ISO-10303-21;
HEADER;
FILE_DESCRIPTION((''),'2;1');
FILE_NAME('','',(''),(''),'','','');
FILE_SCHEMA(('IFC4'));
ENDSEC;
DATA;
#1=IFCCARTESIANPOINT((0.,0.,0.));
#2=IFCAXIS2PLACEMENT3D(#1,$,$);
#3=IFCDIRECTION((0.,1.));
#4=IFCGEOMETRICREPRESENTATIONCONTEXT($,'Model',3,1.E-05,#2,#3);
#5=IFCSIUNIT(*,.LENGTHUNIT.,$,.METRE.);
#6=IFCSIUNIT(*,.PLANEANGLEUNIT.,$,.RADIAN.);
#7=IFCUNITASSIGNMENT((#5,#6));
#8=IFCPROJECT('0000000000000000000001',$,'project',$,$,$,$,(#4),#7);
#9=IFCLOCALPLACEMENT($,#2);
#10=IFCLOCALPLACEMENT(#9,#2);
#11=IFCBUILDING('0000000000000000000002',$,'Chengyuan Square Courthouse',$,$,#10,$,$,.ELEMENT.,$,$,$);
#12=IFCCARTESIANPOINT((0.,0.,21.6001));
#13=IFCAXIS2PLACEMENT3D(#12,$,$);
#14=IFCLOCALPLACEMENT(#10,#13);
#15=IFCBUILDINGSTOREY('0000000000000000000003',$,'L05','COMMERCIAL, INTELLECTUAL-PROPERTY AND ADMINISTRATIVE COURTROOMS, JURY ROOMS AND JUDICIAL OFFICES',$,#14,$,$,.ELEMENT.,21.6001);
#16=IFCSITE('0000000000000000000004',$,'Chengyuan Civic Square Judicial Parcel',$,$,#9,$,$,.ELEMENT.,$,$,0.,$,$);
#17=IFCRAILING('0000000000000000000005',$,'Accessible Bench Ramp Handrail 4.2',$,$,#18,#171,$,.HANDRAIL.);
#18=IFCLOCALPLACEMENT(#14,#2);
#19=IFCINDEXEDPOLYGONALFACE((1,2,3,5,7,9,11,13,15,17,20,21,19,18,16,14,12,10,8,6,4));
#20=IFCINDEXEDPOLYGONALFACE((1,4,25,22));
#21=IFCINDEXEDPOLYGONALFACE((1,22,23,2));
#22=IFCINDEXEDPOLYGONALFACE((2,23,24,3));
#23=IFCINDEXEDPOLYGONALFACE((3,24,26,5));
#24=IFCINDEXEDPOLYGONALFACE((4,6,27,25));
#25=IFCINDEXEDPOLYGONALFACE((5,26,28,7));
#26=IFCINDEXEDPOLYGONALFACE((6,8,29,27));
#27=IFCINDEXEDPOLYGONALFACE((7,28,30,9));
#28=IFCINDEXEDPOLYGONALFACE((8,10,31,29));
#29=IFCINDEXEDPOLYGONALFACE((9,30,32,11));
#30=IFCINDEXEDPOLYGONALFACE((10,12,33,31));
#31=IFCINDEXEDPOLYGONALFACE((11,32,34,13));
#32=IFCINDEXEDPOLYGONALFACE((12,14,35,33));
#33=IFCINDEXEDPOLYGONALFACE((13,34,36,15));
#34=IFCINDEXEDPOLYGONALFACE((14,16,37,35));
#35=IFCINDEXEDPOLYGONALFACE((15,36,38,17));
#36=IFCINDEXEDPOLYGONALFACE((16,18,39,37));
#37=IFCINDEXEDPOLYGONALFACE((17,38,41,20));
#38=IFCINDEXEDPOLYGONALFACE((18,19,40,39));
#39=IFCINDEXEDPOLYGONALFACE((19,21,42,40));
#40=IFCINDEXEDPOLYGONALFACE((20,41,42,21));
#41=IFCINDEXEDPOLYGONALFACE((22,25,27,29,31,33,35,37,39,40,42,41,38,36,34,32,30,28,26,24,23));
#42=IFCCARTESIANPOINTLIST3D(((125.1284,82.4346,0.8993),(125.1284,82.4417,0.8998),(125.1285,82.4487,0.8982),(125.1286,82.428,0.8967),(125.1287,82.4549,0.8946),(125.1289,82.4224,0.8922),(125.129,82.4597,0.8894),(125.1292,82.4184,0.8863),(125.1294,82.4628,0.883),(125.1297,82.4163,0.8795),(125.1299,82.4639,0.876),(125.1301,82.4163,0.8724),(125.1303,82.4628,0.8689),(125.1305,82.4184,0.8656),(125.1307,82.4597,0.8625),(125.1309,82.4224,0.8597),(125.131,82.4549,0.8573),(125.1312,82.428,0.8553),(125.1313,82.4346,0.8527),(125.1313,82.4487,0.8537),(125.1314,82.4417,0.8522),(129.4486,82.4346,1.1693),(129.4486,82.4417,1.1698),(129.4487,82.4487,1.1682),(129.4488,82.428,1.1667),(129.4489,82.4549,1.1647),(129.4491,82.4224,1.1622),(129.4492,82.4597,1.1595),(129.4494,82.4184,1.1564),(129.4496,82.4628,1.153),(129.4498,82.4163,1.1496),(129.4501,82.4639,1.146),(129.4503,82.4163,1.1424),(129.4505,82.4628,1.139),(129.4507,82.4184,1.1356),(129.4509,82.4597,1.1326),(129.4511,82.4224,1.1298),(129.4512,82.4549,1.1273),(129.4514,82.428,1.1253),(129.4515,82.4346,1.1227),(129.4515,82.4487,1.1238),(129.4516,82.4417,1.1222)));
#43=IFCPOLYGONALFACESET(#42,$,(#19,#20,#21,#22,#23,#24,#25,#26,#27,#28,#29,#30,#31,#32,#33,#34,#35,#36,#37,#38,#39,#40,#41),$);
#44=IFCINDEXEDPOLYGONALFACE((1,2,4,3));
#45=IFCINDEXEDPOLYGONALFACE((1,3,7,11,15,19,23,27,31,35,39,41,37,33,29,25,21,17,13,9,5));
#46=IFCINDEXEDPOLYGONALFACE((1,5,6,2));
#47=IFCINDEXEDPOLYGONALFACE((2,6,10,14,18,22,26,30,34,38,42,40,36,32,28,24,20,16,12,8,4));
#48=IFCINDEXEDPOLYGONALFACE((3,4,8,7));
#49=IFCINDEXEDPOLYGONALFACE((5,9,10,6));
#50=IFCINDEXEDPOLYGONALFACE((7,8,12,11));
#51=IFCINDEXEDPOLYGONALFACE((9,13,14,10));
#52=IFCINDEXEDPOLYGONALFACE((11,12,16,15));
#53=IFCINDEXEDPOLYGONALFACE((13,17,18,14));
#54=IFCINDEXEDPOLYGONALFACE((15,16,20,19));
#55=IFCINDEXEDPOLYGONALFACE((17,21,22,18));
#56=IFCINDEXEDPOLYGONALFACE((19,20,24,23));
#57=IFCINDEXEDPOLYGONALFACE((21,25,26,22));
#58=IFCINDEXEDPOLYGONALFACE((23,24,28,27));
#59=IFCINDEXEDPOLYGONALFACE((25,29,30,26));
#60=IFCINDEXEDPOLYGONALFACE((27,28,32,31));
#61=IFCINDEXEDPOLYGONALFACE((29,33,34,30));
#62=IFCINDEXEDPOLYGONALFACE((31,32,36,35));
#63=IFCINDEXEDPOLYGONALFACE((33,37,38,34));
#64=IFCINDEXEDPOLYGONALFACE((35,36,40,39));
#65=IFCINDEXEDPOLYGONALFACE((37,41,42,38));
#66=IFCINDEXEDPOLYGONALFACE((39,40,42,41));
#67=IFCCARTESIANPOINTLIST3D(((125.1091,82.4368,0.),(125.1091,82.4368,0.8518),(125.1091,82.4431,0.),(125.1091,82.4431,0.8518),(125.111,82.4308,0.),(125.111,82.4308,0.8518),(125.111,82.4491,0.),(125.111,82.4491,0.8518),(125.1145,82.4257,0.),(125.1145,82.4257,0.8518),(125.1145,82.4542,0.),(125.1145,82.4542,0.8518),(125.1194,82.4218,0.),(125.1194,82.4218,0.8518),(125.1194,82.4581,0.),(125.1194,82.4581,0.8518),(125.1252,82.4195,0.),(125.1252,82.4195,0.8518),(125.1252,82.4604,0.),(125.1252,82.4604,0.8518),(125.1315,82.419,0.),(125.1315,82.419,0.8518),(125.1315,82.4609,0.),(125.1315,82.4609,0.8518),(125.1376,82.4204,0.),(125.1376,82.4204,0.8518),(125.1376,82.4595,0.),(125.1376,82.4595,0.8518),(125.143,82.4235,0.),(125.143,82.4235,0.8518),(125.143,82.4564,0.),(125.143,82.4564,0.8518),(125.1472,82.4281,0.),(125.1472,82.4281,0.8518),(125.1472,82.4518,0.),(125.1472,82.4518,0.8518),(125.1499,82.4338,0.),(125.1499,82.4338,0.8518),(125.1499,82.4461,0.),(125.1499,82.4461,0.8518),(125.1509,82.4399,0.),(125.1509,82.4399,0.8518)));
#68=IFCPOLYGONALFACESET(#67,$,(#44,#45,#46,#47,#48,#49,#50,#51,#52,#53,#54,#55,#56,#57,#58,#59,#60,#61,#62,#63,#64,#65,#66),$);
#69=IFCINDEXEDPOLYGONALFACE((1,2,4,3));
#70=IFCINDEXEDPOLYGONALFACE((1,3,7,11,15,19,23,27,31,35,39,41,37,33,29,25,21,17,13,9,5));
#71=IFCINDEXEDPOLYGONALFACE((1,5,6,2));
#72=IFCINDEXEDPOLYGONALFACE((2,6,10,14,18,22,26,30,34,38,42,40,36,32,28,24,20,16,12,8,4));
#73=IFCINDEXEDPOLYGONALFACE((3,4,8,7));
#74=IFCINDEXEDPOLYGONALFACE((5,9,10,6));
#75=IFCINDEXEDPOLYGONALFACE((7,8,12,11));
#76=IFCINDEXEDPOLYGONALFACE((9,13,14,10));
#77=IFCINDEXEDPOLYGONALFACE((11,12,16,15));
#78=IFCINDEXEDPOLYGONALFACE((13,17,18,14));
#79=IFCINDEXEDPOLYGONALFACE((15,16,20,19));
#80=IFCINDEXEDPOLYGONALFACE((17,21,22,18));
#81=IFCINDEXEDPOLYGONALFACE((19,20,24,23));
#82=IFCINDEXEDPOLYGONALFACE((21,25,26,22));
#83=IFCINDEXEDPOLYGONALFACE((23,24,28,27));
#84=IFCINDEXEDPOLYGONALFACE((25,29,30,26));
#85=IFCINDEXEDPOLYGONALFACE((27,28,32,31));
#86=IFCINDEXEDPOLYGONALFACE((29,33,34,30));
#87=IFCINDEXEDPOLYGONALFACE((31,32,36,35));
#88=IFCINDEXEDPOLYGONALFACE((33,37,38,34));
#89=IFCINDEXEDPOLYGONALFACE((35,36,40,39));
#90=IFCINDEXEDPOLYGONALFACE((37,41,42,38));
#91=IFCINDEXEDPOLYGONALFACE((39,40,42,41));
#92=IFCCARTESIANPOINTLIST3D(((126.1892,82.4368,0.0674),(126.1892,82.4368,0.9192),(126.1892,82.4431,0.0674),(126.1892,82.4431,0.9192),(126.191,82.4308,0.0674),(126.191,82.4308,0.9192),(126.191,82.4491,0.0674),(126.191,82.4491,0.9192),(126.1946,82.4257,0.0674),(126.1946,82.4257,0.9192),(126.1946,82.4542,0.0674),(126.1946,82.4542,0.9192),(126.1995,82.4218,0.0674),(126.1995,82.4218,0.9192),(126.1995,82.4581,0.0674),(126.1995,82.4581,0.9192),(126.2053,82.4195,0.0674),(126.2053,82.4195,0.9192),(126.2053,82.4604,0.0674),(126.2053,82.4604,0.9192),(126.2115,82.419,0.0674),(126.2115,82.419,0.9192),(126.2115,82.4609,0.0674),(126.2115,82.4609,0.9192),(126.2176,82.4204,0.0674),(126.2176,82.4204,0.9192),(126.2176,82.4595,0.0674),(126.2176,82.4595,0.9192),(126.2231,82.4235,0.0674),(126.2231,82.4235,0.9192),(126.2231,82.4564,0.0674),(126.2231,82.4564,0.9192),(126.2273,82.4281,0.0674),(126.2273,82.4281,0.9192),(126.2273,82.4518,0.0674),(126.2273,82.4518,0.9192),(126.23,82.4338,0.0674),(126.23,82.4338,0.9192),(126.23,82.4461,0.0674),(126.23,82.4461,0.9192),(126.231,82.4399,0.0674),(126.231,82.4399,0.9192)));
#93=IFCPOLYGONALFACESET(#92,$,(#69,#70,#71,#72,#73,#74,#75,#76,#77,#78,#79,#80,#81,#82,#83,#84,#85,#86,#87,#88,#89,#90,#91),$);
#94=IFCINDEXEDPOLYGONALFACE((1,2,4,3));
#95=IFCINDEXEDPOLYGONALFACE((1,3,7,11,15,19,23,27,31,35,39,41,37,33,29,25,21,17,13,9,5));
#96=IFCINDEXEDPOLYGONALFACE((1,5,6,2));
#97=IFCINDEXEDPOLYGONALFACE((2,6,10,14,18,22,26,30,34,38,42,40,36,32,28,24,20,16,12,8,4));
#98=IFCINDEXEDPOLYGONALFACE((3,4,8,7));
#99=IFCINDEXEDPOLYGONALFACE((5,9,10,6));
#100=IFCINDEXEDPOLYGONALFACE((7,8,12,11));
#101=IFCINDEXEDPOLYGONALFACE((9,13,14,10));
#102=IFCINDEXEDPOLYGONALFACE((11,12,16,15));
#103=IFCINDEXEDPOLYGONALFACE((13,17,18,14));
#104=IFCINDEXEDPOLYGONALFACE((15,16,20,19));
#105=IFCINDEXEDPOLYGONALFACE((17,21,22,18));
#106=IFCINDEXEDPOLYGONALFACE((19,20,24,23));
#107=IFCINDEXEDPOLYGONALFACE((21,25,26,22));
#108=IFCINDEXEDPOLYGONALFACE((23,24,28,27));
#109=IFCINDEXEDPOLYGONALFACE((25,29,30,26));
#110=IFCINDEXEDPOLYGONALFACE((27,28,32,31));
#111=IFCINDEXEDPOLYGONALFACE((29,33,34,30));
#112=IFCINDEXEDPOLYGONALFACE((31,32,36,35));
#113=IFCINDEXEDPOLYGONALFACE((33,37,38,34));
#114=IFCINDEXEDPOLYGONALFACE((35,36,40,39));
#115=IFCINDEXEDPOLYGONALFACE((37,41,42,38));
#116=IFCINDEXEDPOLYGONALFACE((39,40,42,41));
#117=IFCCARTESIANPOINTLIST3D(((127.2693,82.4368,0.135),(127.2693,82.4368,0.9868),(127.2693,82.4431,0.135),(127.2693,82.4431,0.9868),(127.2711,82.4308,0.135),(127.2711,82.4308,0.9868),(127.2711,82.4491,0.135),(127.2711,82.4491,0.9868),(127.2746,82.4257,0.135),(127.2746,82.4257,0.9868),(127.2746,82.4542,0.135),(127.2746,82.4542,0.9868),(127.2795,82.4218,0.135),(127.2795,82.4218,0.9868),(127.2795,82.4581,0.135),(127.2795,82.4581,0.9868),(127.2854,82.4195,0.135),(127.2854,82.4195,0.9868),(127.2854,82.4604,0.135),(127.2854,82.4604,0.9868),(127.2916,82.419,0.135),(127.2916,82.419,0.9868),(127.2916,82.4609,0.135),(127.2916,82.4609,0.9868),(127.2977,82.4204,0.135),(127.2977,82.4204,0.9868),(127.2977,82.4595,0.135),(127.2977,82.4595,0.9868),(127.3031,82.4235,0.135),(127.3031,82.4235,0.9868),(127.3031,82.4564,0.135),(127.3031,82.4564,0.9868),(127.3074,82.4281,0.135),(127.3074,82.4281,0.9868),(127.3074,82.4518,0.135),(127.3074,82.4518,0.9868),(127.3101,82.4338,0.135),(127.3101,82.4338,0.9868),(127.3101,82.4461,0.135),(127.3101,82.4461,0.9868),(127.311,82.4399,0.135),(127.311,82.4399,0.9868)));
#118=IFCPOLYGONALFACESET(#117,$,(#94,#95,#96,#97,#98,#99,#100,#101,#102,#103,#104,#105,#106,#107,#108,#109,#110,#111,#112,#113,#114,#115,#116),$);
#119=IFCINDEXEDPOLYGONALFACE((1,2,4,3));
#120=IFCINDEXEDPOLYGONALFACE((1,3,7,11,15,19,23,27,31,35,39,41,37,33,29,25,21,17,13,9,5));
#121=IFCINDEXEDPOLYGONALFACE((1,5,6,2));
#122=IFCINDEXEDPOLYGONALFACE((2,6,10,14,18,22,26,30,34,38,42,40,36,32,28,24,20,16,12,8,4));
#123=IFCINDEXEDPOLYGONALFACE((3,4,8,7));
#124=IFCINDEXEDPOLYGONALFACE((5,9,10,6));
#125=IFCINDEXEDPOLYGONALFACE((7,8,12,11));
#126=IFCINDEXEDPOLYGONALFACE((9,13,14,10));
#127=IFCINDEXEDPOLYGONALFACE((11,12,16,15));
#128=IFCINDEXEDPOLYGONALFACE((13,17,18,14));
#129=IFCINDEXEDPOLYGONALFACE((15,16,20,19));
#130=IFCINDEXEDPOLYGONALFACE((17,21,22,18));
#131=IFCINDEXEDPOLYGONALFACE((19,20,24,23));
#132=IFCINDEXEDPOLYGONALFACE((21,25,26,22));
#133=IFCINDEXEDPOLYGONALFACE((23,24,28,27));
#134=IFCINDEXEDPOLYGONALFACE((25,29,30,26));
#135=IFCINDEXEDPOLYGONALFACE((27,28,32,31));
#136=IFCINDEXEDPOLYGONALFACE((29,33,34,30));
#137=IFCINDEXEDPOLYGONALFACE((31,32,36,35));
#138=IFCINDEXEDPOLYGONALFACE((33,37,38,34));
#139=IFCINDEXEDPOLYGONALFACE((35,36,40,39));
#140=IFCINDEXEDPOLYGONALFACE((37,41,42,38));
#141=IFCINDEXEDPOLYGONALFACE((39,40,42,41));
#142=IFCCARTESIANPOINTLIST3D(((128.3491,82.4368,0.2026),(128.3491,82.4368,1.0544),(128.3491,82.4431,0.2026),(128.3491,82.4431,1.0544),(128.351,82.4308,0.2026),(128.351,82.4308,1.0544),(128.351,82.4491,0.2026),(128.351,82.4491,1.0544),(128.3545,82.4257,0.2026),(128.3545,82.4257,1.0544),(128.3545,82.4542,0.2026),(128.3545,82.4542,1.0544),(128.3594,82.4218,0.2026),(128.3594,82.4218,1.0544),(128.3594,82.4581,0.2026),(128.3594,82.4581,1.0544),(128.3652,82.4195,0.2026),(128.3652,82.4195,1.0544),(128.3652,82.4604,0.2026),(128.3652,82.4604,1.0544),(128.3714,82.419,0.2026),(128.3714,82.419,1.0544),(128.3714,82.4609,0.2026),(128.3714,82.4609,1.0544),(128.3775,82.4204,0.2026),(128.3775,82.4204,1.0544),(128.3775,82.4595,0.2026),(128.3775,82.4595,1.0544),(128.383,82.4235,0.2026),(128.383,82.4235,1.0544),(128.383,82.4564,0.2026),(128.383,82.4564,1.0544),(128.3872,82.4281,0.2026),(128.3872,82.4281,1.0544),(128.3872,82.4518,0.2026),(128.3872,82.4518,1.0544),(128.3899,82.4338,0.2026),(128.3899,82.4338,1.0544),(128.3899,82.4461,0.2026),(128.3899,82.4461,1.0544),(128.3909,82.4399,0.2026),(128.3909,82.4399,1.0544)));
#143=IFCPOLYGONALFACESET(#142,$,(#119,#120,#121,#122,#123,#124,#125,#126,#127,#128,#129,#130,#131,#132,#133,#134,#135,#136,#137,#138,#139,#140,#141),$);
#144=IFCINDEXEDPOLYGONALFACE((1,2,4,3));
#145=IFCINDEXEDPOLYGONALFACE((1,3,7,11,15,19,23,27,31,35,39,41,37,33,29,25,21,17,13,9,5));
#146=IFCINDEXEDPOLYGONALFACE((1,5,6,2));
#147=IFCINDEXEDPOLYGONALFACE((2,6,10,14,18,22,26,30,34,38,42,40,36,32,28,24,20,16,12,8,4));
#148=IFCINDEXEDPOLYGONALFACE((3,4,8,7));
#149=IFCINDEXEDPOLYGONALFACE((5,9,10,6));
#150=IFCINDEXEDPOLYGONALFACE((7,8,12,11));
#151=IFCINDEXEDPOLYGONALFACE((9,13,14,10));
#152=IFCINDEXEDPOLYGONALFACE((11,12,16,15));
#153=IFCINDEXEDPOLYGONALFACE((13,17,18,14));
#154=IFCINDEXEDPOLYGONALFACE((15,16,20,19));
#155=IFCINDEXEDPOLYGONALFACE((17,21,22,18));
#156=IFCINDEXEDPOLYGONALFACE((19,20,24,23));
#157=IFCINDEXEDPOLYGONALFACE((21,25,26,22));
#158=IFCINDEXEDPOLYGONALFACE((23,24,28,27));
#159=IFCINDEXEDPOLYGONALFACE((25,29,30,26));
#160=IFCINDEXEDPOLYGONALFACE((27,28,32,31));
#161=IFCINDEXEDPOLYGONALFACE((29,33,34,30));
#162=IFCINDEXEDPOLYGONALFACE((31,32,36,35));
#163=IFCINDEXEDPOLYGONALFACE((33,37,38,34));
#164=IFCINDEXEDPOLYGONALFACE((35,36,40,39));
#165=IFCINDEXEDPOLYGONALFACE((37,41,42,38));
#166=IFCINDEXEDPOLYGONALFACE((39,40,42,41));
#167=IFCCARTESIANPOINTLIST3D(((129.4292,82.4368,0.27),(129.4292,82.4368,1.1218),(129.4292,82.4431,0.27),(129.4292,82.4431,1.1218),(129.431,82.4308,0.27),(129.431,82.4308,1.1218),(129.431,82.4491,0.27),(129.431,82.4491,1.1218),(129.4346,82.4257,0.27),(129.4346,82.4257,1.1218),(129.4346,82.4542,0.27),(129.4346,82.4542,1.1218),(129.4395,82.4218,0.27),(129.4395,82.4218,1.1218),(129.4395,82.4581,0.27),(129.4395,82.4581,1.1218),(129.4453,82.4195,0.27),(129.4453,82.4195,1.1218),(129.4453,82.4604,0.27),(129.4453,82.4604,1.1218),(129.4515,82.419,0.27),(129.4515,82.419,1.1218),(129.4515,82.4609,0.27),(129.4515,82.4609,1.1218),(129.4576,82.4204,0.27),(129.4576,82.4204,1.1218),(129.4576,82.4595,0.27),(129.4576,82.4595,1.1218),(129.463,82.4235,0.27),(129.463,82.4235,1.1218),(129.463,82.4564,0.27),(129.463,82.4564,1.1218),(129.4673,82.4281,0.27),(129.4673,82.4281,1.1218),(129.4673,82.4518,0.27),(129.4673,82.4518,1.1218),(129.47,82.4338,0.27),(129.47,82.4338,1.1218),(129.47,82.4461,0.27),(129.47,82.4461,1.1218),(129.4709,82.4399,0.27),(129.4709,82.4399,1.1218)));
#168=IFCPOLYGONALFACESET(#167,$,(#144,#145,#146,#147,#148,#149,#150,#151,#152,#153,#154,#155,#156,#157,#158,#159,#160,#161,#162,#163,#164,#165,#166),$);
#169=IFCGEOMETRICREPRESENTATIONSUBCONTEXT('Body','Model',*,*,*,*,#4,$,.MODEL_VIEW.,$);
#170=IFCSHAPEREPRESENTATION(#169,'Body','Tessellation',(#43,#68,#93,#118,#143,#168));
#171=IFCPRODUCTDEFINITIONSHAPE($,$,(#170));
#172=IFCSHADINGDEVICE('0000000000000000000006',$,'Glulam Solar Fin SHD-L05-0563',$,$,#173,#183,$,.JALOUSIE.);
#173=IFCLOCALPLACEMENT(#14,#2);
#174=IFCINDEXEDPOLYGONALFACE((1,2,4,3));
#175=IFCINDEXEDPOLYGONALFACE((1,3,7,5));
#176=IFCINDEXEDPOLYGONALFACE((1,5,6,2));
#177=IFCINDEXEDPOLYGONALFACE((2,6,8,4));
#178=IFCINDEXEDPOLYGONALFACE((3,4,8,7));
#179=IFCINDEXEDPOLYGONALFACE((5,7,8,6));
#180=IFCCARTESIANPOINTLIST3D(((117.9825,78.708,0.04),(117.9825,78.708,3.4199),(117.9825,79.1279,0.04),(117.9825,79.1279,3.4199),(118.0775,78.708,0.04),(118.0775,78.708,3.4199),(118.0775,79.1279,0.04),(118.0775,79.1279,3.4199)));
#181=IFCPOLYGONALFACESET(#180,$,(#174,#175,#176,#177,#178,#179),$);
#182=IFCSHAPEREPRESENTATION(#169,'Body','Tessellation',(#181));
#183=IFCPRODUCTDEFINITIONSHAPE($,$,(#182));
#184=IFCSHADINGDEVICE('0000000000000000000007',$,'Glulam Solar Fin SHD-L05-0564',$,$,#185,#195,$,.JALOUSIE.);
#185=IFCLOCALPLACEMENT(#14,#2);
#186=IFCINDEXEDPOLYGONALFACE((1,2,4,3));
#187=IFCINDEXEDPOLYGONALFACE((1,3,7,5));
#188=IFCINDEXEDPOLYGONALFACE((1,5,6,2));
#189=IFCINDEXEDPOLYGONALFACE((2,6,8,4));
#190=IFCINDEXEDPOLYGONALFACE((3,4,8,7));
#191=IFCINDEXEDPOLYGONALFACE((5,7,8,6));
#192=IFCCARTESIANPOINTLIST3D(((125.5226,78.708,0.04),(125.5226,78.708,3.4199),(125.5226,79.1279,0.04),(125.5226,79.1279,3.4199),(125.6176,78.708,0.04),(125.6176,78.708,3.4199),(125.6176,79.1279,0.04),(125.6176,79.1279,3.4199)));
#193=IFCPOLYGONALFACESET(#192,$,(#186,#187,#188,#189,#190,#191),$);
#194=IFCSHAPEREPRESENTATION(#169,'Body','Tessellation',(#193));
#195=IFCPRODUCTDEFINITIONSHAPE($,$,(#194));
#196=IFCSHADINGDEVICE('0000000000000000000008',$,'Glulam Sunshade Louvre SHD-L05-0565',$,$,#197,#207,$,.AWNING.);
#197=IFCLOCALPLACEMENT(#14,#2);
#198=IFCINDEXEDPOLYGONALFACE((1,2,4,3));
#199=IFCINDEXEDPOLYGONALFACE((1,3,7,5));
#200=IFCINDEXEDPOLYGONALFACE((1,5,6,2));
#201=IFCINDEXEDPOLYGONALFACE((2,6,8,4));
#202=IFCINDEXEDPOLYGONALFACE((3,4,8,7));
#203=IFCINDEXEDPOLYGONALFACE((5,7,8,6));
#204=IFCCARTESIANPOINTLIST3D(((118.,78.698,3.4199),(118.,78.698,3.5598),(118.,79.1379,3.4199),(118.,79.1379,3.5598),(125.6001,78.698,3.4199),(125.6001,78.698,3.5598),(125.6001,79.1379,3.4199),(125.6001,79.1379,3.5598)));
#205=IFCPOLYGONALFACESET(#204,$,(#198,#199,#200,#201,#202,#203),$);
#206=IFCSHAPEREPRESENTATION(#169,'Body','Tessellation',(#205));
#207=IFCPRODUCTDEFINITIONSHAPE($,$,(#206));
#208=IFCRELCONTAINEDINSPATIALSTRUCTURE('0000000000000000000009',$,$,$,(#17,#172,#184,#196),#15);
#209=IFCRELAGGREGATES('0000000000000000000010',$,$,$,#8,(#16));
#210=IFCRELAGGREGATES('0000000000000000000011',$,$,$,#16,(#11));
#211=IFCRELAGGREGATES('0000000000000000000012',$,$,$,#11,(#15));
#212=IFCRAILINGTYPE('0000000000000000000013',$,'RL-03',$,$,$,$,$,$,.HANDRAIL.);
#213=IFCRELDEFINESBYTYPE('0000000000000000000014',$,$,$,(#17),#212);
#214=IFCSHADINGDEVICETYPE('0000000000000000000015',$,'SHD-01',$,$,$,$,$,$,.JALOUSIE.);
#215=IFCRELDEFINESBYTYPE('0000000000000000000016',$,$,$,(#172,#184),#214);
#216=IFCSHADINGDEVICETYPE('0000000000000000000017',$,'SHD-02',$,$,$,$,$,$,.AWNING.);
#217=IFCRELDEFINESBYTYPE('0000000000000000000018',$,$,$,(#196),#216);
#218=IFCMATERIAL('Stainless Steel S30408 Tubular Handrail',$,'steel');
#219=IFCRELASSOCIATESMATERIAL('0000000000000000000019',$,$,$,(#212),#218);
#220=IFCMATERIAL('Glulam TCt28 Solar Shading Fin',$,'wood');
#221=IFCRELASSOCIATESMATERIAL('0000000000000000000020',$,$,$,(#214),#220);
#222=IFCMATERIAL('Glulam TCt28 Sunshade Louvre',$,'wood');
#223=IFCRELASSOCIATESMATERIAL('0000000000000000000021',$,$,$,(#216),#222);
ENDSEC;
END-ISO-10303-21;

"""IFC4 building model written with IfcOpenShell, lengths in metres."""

from ifc_helpers import new_model, si_unit, direction, frame, origin, origin_2d, place, context, subcontext, project, spatial, rectangle, circle, extrude, material, type_object, element, save


model = new_model("IFC4")

# Units and contexts
model_context = context("Model", 3, precision=1e-05, world=origin(), true_north=direction((0.0, 1.0)))
body_context = subcontext(model_context, "Body", "Model", "MODEL_VIEW")
ifc_project = project(units=[si_unit("LENGTHUNIT", "METRE"), si_unit("PLANEANGLEUNIT", "RADIAN")], contexts=[model_context])

# Site, building, storey
site_placement = place(None, origin())
site = spatial("IfcSite", under=ifc_project, at=site_placement, Name="Chengyuan Civic Square Judicial Parcel", CompositionType="ELEMENT", RefElevation=0.0)
building_placement = place(site_placement, origin())
building = spatial("IfcBuilding", under=site, at=building_placement, Name="Chengyuan Square Courthouse", CompositionType="ELEMENT")
storey_placement = place(building_placement, frame((0.0, 0.0, 21.6001)))
storey = spatial("IfcBuildingStorey", under=building, at=storey_placement, Name="L05", Description="COMMERCIAL, INTELLECTUAL-PROPERTY AND ADMINISTRATIVE COURTROOMS, JURY ROOMS AND JUDICIAL OFFICES", CompositionType="ELEMENT", Elevation=21.6001)

# Railing
ifc_material_1 = material(Name="Stainless Steel S30408 Tubular Handrail", Category="steel")
railing_type = type_object("IfcRailingType", Name="RL-03", PredefinedType="HANDRAIL", material=ifc_material_1)
for number, where, name in (
    (1, (125.1299, 82.4399, 0.0), "Accessible Bench Ramp Handrail 4.2"),
):
    element("IfcRailing", number, at=place(storey_placement, frame(where)), inside=storey, type_object=railing_type, Name=name, PredefinedType="HANDRAIL", context=body_context, shape_type="SweptSolid", body=[
        extrude(circle(Radius=0.0239, at=origin_2d()), frame((0.0, 0.0, 0.876), z_axis=(0.998052, 0.0, 0.062382), x_axis=(0.0, 1.0, 0.0)), (0.0, 0.0, 1.0), 4.3286),
        extrude(circle(Radius=0.021, at=origin_2d()), origin(), (0.0, 0.0, 1.0), 0.8518),
        extrude(circle(Radius=0.021, at=origin_2d()), frame((1.0801, 0.0, 0.0674)), (0.0, 0.0, 1.0), 0.8518),
        extrude(circle(Radius=0.021, at=origin_2d()), frame((2.1602, 0.0, 0.135)), (0.0, 0.0, 1.0), 0.8518),
        extrude(circle(Radius=0.021, at=origin_2d()), frame((3.24, 0.0, 0.2026)), (0.0, 0.0, 1.0), 0.8518),
        extrude(circle(Radius=0.021, at=origin_2d()), frame((4.3201, 0.0, 0.27)), (0.0, 0.0, 1.0), 0.8518),
    ])

# Shading devices
ifc_material_2 = material(Name="Glulam TCt28 Solar Shading Fin", Category="wood")
shading_device_type_1 = type_object("IfcShadingDeviceType", Name="SHD-01", PredefinedType="JALOUSIE", material=ifc_material_2)
for number, where, z_axis, x_axis, name in (
    (2, (118.03, 78.918, 0.04), (0.0, 0.0, 1.0), (0.0, 1.0, 0.0), "Glulam Solar Fin SHD-L05-0563"),
    (3, (125.5701, 78.918, 0.04), (0.0, 0.0, 1.0), (0.0, 1.0, 0.0), "Glulam Solar Fin SHD-L05-0564"),
):
    element("IfcShadingDevice", number, at=place(storey_placement, frame(where, z_axis=z_axis, x_axis=x_axis)), inside=storey, type_object=shading_device_type_1, Name=name, PredefinedType="JALOUSIE", context=body_context, shape_type="SweptSolid", body=[
        extrude(rectangle(XDim=0.4199, YDim=0.095, at=origin_2d()), origin(), (0.0, 0.0, 1.0), 3.3799),
    ])
ifc_material_3 = material(Name="Glulam TCt28 Sunshade Louvre", Category="wood")
shading_device_type_2 = type_object("IfcShadingDeviceType", Name="SHD-02", PredefinedType="AWNING", material=ifc_material_3)
shading_device_placement = place(storey_placement, frame((121.8, 78.918, 3.4199), z_axis=(0.0, 0.0, 1.0), x_axis=(1.0, 0.0, 0.0)))
element("IfcShadingDevice", 4, at=shading_device_placement, inside=storey, type_object=shading_device_type_2, Name="Glulam Sunshade Louvre SHD-L05-0565", PredefinedType="AWNING", context=body_context, shape_type="SweptSolid", body=[
    extrude(rectangle(XDim=7.6001, YDim=0.4399, at=origin_2d()), origin(), (0.0, 0.0, 1.0), 0.1399),
])

save(model, "model.ifc")
